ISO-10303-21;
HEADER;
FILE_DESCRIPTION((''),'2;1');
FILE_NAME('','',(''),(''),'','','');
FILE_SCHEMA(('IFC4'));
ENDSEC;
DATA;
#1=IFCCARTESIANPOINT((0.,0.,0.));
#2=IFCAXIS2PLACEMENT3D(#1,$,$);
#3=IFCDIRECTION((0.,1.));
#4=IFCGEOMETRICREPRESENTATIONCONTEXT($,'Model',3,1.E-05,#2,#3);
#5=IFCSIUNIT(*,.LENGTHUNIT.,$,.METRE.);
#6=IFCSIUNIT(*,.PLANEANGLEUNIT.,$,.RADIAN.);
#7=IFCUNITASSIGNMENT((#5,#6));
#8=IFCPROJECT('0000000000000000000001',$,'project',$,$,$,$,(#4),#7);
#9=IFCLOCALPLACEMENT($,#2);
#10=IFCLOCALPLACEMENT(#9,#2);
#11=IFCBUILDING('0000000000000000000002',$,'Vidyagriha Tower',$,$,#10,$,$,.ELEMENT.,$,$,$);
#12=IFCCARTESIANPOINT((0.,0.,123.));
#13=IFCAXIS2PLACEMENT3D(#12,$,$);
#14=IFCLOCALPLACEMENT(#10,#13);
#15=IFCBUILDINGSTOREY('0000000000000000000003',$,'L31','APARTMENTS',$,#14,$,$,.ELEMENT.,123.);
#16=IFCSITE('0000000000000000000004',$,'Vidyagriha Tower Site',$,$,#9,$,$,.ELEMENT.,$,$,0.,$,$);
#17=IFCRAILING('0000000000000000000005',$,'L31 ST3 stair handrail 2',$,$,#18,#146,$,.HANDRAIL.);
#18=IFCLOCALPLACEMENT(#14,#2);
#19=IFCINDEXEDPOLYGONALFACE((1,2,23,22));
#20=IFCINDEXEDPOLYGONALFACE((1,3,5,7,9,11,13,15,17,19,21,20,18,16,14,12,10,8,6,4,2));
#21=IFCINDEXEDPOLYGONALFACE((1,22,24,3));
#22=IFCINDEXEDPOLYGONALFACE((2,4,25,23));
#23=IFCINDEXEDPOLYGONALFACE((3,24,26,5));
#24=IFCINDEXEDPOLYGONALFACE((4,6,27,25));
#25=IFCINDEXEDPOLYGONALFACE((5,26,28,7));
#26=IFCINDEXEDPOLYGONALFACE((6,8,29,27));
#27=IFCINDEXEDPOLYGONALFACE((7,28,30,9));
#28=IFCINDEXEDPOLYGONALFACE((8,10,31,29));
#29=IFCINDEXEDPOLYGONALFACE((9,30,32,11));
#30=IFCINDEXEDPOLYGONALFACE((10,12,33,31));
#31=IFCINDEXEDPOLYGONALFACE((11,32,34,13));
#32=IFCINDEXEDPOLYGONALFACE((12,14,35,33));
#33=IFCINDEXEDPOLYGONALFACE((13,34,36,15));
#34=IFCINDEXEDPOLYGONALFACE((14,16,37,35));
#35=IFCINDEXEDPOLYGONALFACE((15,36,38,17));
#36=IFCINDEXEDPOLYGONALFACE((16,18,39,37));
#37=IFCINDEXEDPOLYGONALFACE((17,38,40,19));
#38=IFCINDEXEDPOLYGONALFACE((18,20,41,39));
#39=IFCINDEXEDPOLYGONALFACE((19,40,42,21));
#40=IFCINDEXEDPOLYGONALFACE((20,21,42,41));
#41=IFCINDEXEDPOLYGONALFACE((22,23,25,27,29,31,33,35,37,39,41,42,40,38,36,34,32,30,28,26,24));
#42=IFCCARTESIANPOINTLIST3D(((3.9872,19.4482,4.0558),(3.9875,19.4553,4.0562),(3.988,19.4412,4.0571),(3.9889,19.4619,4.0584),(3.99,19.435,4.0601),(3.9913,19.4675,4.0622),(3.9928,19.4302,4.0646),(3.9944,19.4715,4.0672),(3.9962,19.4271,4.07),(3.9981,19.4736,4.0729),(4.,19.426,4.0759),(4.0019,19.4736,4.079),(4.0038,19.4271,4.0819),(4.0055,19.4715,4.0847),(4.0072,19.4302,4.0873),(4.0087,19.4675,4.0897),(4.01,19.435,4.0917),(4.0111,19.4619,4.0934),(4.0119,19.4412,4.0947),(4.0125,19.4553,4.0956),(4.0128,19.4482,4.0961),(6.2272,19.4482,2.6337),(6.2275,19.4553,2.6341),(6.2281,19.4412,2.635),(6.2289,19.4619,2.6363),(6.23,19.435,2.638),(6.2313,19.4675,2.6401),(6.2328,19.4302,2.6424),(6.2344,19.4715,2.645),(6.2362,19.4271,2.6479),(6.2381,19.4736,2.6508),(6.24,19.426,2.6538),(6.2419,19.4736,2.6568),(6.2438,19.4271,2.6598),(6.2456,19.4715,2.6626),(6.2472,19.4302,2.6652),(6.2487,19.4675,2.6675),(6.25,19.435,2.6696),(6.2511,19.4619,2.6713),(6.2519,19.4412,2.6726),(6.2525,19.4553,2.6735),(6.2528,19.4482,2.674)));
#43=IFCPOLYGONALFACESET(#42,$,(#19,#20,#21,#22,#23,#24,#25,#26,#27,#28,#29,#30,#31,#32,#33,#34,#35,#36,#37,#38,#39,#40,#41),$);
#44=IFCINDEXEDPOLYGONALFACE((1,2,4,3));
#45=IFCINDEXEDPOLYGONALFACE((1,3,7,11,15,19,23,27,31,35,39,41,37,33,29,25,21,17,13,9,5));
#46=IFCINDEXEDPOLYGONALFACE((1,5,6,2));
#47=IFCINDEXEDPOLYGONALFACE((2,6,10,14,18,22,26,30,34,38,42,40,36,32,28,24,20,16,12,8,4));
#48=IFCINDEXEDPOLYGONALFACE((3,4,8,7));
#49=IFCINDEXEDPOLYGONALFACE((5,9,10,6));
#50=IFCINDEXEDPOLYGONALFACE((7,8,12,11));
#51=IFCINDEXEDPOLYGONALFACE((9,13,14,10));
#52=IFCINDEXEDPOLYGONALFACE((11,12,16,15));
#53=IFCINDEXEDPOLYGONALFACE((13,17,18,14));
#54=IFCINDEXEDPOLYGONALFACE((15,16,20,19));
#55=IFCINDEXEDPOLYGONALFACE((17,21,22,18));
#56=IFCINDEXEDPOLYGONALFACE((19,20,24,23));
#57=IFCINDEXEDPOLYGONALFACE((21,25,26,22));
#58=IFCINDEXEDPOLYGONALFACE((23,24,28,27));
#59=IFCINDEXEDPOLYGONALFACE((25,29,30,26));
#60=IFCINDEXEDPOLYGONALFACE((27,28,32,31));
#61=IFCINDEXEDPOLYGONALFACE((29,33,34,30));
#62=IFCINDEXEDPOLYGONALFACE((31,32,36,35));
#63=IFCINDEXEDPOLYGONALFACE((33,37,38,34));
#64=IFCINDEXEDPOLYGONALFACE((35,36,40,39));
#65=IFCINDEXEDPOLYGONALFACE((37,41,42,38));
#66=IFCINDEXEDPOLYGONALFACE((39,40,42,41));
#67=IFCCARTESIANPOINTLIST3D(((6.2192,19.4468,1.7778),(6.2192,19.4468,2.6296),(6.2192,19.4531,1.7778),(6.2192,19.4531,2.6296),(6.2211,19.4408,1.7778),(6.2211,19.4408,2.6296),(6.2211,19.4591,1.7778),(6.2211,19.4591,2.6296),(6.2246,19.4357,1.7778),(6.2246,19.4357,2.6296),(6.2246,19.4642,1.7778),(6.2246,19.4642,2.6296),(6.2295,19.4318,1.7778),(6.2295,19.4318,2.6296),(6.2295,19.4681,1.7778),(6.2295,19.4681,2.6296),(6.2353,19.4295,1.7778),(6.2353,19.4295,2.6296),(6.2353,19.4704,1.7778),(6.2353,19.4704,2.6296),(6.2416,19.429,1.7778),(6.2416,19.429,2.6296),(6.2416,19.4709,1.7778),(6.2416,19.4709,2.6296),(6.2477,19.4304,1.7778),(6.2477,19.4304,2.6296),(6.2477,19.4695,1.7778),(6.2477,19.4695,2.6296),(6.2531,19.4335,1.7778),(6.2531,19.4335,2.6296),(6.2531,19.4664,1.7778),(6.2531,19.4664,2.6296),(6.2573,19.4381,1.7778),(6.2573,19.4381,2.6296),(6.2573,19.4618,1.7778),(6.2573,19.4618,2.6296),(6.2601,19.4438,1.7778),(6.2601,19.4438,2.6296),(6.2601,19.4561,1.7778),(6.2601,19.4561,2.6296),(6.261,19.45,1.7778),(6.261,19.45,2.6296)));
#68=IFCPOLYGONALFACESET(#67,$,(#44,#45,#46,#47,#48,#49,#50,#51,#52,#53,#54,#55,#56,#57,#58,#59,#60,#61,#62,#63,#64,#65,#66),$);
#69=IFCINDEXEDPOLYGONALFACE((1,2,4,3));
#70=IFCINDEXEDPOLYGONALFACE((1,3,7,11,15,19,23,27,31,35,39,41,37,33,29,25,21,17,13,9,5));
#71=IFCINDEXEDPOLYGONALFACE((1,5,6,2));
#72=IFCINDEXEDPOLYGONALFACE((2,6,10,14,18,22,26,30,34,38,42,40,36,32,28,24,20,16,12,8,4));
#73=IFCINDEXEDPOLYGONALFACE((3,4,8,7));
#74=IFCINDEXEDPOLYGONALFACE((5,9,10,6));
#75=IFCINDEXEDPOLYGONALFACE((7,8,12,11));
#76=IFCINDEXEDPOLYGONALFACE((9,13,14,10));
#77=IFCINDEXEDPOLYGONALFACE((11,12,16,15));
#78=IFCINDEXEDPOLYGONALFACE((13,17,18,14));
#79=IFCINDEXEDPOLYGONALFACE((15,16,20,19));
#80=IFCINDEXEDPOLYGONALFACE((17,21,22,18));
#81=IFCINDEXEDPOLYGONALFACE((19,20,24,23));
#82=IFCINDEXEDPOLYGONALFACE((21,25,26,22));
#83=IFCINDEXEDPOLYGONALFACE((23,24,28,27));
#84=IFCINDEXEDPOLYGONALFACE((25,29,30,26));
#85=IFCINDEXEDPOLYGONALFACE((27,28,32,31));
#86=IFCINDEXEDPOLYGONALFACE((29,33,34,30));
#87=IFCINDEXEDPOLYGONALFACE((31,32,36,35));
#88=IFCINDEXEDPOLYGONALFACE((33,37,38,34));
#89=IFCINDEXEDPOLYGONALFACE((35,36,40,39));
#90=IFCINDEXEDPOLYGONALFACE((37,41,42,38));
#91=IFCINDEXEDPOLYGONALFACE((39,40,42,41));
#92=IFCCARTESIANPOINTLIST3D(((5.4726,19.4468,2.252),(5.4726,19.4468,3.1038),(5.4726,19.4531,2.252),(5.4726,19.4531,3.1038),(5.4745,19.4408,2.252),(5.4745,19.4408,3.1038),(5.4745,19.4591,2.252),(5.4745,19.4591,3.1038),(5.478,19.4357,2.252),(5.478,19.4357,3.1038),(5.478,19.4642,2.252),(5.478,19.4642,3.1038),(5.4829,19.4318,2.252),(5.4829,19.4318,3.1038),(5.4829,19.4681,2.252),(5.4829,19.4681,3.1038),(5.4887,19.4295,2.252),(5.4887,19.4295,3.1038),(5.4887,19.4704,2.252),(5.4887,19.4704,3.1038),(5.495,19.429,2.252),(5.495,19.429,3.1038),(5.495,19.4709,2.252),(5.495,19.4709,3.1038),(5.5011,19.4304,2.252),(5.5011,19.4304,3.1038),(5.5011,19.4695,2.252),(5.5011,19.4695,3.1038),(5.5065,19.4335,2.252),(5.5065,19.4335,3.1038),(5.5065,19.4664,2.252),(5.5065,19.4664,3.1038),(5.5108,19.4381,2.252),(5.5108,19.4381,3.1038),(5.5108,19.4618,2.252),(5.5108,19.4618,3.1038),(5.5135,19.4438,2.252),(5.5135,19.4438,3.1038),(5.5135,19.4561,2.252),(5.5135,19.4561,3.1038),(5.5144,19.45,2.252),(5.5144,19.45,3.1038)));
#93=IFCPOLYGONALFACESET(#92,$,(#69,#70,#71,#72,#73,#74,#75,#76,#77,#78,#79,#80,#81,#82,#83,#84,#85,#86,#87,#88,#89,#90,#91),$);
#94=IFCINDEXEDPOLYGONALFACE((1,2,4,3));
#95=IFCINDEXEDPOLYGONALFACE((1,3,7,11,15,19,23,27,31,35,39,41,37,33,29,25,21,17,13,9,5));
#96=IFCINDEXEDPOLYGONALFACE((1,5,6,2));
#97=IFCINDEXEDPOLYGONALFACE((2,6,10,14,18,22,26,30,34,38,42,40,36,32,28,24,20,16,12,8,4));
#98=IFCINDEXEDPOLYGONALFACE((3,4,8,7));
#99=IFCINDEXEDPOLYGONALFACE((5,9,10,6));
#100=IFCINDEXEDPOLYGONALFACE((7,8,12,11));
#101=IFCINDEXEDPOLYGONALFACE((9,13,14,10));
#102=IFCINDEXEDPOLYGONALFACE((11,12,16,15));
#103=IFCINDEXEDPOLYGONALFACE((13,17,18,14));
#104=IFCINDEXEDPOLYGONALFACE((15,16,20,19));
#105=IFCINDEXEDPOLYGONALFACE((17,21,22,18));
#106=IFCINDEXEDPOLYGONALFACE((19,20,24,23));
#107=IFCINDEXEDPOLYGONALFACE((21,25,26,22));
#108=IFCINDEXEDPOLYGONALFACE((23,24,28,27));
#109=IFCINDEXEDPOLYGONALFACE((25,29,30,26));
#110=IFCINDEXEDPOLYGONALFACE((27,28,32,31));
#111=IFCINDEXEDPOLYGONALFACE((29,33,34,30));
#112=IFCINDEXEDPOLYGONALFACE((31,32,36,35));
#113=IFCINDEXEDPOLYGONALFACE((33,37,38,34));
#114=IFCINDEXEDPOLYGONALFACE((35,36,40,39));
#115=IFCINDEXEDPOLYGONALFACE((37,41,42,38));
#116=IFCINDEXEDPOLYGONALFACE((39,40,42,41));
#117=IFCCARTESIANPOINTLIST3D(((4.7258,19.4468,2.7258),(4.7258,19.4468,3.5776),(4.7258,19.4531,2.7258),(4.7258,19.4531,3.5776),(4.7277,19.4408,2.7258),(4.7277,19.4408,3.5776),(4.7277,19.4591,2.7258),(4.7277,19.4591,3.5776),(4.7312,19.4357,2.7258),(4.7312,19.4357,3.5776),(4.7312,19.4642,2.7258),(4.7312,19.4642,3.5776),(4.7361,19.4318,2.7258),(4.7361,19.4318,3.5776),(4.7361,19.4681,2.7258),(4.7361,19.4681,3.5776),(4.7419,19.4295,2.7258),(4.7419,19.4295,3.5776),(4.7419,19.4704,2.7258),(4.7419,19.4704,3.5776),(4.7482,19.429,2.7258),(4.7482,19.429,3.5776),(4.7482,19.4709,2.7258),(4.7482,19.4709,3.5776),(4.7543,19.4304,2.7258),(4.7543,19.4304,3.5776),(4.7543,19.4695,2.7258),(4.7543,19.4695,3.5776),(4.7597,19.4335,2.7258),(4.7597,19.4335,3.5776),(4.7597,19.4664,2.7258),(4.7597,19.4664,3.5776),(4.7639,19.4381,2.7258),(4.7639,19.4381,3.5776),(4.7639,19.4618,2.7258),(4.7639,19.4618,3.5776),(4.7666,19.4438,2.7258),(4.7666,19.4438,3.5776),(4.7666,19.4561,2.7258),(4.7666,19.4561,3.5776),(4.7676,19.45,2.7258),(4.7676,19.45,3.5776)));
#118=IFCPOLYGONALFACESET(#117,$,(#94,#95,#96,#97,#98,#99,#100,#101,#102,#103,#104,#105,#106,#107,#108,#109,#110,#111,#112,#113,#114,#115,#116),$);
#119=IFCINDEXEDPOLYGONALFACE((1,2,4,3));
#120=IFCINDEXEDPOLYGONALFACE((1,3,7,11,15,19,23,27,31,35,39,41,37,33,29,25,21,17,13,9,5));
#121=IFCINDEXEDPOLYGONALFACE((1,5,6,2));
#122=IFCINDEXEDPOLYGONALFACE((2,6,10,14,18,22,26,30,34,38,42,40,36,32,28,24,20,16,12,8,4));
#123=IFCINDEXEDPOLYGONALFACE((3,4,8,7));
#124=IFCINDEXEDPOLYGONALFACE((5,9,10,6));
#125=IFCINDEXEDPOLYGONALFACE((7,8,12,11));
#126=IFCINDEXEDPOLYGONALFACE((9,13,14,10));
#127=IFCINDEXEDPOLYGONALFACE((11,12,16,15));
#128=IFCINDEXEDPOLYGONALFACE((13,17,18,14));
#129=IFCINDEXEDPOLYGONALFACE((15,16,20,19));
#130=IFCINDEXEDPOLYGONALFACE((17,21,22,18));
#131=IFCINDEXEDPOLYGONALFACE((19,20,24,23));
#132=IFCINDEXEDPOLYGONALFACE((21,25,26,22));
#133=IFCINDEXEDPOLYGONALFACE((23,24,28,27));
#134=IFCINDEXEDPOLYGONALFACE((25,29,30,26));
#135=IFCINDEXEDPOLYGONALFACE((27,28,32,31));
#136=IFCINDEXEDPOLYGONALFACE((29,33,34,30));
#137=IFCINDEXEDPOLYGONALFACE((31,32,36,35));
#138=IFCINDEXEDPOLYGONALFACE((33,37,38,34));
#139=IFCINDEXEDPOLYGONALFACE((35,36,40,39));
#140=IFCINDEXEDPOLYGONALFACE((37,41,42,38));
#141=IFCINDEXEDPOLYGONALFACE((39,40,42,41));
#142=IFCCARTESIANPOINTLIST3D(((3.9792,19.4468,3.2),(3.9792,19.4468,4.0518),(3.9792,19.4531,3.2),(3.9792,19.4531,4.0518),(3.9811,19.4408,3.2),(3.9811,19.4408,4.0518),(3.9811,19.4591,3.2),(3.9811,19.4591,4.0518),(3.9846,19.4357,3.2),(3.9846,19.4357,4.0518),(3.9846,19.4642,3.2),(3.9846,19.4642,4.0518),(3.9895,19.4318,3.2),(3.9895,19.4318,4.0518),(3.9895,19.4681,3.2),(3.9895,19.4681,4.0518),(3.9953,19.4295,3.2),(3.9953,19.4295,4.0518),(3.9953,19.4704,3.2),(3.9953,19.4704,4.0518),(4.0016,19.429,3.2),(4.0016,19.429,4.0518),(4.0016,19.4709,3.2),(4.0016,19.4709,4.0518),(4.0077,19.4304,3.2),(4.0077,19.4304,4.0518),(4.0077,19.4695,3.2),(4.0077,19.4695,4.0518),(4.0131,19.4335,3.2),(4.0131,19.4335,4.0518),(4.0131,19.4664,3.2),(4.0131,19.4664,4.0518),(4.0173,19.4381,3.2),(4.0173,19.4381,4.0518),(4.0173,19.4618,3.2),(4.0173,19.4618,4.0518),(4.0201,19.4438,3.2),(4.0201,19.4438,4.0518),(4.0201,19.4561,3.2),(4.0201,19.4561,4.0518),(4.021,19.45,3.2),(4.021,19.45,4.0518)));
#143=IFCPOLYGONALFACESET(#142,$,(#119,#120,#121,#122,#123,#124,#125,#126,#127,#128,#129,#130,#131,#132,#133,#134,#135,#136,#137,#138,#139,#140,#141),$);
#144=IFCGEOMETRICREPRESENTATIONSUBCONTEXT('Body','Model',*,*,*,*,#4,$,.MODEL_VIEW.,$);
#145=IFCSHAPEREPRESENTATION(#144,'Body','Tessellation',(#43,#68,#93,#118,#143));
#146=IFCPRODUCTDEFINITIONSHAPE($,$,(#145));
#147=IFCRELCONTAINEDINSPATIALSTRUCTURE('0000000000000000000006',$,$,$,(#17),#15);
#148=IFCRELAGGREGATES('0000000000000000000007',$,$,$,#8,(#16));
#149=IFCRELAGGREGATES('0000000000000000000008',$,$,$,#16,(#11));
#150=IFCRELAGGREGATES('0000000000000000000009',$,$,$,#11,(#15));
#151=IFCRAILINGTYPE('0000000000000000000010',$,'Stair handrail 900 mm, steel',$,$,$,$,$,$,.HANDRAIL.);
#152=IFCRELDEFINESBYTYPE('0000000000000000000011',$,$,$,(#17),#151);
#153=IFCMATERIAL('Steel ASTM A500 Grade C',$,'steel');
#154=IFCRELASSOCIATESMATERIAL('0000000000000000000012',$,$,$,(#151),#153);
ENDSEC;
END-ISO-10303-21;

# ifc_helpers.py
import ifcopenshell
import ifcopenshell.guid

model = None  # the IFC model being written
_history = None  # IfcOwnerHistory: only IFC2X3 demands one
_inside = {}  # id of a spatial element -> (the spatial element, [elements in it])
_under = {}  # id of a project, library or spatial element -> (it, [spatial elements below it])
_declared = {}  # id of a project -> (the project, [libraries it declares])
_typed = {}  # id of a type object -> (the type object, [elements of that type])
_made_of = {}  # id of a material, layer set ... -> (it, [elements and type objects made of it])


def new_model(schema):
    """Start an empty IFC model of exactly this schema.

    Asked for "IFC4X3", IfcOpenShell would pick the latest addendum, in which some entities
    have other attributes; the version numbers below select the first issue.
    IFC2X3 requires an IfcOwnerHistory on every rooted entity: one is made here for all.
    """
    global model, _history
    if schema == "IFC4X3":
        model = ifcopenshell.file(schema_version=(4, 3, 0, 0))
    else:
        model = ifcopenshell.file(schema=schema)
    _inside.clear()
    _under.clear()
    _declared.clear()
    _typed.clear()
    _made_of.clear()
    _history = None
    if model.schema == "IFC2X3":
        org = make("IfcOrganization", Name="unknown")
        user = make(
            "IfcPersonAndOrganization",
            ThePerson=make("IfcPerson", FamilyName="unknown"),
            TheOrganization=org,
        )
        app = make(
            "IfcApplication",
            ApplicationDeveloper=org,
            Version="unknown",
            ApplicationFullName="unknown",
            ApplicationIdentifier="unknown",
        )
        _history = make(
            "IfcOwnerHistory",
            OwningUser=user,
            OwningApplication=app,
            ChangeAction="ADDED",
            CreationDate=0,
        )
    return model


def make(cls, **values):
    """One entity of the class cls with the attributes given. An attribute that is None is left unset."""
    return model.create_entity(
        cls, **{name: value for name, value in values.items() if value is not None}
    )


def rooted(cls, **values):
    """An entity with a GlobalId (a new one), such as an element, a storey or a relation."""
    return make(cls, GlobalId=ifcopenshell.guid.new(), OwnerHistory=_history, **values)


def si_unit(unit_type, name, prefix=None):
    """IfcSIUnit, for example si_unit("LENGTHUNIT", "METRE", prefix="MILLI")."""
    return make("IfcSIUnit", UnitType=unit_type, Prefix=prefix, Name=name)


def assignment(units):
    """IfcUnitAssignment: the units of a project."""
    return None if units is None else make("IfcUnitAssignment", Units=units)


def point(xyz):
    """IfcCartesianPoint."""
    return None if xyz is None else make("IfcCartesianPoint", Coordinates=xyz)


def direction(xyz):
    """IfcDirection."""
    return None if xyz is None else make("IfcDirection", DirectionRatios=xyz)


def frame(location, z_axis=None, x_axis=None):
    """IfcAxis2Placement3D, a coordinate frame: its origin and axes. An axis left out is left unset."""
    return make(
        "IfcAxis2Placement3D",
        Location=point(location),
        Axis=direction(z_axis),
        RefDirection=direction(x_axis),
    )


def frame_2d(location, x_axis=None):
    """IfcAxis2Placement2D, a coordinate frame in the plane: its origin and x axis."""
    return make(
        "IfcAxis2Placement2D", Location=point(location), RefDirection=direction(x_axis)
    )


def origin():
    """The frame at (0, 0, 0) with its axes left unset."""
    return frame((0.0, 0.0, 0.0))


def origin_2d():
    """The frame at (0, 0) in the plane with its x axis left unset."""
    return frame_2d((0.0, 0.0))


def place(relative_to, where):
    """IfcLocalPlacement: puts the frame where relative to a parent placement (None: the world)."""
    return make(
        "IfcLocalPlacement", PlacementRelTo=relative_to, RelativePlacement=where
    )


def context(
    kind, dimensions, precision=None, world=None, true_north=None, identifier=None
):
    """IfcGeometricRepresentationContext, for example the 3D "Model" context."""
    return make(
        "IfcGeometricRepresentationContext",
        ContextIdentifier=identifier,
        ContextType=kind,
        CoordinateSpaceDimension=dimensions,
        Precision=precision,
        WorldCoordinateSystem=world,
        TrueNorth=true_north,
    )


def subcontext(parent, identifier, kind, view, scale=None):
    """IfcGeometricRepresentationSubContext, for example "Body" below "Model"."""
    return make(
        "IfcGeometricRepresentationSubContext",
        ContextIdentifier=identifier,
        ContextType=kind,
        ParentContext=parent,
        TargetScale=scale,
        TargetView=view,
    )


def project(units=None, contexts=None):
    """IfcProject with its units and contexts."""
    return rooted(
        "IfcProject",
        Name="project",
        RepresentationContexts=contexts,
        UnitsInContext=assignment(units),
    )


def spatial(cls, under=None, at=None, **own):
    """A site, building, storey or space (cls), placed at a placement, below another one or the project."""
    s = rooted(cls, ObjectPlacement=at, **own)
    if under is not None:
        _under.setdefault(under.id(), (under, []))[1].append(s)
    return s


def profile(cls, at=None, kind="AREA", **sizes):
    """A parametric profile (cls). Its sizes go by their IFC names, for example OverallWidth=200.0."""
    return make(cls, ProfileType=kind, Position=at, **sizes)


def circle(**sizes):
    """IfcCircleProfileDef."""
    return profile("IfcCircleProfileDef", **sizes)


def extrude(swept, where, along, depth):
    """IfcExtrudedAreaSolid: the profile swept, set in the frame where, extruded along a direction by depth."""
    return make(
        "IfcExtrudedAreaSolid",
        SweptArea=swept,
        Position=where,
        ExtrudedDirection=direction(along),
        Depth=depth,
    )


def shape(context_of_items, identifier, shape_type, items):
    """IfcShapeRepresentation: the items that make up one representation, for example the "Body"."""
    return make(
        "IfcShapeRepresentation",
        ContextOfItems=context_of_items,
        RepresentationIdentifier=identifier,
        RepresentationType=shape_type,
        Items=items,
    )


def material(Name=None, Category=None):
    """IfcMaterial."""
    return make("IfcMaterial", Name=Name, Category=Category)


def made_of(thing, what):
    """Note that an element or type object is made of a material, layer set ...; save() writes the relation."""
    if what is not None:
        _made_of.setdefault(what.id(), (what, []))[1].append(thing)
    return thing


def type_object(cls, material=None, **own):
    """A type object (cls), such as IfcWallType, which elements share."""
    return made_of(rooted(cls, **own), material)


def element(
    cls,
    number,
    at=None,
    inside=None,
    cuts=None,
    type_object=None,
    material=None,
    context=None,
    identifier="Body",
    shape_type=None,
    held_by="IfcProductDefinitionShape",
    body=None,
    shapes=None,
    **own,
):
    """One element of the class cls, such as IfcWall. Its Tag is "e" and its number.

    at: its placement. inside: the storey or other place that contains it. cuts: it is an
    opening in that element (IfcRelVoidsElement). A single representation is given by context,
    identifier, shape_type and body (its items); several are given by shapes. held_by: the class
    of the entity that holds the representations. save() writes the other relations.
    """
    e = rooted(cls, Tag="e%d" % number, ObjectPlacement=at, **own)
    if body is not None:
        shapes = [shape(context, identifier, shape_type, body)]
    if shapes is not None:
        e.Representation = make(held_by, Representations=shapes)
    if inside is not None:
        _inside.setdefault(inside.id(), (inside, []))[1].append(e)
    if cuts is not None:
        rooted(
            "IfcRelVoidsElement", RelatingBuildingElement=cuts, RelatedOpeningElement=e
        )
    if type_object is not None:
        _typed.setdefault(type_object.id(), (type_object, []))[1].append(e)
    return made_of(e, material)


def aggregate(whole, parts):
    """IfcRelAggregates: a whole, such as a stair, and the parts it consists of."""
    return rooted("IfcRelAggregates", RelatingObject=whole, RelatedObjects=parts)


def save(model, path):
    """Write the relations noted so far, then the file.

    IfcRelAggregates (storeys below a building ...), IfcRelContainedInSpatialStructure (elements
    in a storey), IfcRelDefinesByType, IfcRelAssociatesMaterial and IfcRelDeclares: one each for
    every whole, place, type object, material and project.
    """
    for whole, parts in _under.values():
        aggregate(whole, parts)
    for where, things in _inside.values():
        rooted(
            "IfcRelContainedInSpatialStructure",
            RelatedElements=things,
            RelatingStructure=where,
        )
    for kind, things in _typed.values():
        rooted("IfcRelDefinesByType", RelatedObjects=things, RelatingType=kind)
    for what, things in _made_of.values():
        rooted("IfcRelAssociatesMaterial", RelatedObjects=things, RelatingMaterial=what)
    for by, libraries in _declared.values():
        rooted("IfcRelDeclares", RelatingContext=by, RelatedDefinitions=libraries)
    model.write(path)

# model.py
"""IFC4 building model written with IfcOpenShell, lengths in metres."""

from ifc_helpers import new_model, si_unit, direction, frame, origin, origin_2d, place, context, subcontext, project, spatial, circle, extrude, material, type_object, element, save


model = new_model("IFC4")

# Units and contexts
model_context = context("Model", 3, precision=1e-05, world=origin(), true_north=direction((0.0, 1.0)))
body_context = subcontext(model_context, "Body", "Model", "MODEL_VIEW")
ifc_project = project(units=[si_unit("LENGTHUNIT", "METRE"), si_unit("PLANEANGLEUNIT", "RADIAN")], contexts=[model_context])

# Site, building, storey
site_placement = place(None, origin())
site = spatial("IfcSite", under=ifc_project, at=site_placement, Name="Vidyagriha Tower Site", CompositionType="ELEMENT", RefElevation=0.0)
building_placement = place(site_placement, origin())
building = spatial("IfcBuilding", under=site, at=building_placement, Name="Vidyagriha Tower", CompositionType="ELEMENT")
storey_placement = place(building_placement, frame((0.0, 0.0, 123.0)))
storey = spatial("IfcBuildingStorey", under=building, at=storey_placement, Name="L31", Description="APARTMENTS", CompositionType="ELEMENT", Elevation=123.0)

# Railing
ifc_material_1 = material(Name="Steel ASTM A500 Grade C", Category="steel")
railing_type_1 = type_object("IfcRailingType", Name="Stair handrail 900 mm, steel", PredefinedType="HANDRAIL", material=ifc_material_1)
railing_1_placement = place(storey_placement, frame((6.24, 19.45, 1.7778)))
element("IfcRailing", 1, at=railing_1_placement, inside=storey, type_object=railing_type_1, Name="L31 ST3 stair handrail 2", PredefinedType="HANDRAIL", context=body_context, shape_type="SweptSolid", body=[
    extrude(circle(Radius=0.0239, at=origin_2d()), frame((0.0, 0.0, 0.876), z_axis=(-0.844229, 0.0, 0.535982), x_axis=(0.0, -1.0, 0.0)), (0.0, 0.0, 1.0), 2.6533),
    extrude(circle(Radius=0.021, at=origin_2d()), origin(), (0.0, 0.0, 1.0), 0.8518),
    extrude(circle(Radius=0.021, at=origin_2d()), frame((-0.7466, 0.0, 0.4741)), (0.0, 0.0, 1.0), 0.8518),
    extrude(circle(Radius=0.021, at=origin_2d()), frame((-1.4934, 0.0, 0.948)), (0.0, 0.0, 1.0), 0.8518),
    extrude(circle(Radius=0.021, at=origin_2d()), frame((-2.24, 0.0, 1.4221)), (0.0, 0.0, 1.0), 0.8518),
])

save(model, "model.ifc")
